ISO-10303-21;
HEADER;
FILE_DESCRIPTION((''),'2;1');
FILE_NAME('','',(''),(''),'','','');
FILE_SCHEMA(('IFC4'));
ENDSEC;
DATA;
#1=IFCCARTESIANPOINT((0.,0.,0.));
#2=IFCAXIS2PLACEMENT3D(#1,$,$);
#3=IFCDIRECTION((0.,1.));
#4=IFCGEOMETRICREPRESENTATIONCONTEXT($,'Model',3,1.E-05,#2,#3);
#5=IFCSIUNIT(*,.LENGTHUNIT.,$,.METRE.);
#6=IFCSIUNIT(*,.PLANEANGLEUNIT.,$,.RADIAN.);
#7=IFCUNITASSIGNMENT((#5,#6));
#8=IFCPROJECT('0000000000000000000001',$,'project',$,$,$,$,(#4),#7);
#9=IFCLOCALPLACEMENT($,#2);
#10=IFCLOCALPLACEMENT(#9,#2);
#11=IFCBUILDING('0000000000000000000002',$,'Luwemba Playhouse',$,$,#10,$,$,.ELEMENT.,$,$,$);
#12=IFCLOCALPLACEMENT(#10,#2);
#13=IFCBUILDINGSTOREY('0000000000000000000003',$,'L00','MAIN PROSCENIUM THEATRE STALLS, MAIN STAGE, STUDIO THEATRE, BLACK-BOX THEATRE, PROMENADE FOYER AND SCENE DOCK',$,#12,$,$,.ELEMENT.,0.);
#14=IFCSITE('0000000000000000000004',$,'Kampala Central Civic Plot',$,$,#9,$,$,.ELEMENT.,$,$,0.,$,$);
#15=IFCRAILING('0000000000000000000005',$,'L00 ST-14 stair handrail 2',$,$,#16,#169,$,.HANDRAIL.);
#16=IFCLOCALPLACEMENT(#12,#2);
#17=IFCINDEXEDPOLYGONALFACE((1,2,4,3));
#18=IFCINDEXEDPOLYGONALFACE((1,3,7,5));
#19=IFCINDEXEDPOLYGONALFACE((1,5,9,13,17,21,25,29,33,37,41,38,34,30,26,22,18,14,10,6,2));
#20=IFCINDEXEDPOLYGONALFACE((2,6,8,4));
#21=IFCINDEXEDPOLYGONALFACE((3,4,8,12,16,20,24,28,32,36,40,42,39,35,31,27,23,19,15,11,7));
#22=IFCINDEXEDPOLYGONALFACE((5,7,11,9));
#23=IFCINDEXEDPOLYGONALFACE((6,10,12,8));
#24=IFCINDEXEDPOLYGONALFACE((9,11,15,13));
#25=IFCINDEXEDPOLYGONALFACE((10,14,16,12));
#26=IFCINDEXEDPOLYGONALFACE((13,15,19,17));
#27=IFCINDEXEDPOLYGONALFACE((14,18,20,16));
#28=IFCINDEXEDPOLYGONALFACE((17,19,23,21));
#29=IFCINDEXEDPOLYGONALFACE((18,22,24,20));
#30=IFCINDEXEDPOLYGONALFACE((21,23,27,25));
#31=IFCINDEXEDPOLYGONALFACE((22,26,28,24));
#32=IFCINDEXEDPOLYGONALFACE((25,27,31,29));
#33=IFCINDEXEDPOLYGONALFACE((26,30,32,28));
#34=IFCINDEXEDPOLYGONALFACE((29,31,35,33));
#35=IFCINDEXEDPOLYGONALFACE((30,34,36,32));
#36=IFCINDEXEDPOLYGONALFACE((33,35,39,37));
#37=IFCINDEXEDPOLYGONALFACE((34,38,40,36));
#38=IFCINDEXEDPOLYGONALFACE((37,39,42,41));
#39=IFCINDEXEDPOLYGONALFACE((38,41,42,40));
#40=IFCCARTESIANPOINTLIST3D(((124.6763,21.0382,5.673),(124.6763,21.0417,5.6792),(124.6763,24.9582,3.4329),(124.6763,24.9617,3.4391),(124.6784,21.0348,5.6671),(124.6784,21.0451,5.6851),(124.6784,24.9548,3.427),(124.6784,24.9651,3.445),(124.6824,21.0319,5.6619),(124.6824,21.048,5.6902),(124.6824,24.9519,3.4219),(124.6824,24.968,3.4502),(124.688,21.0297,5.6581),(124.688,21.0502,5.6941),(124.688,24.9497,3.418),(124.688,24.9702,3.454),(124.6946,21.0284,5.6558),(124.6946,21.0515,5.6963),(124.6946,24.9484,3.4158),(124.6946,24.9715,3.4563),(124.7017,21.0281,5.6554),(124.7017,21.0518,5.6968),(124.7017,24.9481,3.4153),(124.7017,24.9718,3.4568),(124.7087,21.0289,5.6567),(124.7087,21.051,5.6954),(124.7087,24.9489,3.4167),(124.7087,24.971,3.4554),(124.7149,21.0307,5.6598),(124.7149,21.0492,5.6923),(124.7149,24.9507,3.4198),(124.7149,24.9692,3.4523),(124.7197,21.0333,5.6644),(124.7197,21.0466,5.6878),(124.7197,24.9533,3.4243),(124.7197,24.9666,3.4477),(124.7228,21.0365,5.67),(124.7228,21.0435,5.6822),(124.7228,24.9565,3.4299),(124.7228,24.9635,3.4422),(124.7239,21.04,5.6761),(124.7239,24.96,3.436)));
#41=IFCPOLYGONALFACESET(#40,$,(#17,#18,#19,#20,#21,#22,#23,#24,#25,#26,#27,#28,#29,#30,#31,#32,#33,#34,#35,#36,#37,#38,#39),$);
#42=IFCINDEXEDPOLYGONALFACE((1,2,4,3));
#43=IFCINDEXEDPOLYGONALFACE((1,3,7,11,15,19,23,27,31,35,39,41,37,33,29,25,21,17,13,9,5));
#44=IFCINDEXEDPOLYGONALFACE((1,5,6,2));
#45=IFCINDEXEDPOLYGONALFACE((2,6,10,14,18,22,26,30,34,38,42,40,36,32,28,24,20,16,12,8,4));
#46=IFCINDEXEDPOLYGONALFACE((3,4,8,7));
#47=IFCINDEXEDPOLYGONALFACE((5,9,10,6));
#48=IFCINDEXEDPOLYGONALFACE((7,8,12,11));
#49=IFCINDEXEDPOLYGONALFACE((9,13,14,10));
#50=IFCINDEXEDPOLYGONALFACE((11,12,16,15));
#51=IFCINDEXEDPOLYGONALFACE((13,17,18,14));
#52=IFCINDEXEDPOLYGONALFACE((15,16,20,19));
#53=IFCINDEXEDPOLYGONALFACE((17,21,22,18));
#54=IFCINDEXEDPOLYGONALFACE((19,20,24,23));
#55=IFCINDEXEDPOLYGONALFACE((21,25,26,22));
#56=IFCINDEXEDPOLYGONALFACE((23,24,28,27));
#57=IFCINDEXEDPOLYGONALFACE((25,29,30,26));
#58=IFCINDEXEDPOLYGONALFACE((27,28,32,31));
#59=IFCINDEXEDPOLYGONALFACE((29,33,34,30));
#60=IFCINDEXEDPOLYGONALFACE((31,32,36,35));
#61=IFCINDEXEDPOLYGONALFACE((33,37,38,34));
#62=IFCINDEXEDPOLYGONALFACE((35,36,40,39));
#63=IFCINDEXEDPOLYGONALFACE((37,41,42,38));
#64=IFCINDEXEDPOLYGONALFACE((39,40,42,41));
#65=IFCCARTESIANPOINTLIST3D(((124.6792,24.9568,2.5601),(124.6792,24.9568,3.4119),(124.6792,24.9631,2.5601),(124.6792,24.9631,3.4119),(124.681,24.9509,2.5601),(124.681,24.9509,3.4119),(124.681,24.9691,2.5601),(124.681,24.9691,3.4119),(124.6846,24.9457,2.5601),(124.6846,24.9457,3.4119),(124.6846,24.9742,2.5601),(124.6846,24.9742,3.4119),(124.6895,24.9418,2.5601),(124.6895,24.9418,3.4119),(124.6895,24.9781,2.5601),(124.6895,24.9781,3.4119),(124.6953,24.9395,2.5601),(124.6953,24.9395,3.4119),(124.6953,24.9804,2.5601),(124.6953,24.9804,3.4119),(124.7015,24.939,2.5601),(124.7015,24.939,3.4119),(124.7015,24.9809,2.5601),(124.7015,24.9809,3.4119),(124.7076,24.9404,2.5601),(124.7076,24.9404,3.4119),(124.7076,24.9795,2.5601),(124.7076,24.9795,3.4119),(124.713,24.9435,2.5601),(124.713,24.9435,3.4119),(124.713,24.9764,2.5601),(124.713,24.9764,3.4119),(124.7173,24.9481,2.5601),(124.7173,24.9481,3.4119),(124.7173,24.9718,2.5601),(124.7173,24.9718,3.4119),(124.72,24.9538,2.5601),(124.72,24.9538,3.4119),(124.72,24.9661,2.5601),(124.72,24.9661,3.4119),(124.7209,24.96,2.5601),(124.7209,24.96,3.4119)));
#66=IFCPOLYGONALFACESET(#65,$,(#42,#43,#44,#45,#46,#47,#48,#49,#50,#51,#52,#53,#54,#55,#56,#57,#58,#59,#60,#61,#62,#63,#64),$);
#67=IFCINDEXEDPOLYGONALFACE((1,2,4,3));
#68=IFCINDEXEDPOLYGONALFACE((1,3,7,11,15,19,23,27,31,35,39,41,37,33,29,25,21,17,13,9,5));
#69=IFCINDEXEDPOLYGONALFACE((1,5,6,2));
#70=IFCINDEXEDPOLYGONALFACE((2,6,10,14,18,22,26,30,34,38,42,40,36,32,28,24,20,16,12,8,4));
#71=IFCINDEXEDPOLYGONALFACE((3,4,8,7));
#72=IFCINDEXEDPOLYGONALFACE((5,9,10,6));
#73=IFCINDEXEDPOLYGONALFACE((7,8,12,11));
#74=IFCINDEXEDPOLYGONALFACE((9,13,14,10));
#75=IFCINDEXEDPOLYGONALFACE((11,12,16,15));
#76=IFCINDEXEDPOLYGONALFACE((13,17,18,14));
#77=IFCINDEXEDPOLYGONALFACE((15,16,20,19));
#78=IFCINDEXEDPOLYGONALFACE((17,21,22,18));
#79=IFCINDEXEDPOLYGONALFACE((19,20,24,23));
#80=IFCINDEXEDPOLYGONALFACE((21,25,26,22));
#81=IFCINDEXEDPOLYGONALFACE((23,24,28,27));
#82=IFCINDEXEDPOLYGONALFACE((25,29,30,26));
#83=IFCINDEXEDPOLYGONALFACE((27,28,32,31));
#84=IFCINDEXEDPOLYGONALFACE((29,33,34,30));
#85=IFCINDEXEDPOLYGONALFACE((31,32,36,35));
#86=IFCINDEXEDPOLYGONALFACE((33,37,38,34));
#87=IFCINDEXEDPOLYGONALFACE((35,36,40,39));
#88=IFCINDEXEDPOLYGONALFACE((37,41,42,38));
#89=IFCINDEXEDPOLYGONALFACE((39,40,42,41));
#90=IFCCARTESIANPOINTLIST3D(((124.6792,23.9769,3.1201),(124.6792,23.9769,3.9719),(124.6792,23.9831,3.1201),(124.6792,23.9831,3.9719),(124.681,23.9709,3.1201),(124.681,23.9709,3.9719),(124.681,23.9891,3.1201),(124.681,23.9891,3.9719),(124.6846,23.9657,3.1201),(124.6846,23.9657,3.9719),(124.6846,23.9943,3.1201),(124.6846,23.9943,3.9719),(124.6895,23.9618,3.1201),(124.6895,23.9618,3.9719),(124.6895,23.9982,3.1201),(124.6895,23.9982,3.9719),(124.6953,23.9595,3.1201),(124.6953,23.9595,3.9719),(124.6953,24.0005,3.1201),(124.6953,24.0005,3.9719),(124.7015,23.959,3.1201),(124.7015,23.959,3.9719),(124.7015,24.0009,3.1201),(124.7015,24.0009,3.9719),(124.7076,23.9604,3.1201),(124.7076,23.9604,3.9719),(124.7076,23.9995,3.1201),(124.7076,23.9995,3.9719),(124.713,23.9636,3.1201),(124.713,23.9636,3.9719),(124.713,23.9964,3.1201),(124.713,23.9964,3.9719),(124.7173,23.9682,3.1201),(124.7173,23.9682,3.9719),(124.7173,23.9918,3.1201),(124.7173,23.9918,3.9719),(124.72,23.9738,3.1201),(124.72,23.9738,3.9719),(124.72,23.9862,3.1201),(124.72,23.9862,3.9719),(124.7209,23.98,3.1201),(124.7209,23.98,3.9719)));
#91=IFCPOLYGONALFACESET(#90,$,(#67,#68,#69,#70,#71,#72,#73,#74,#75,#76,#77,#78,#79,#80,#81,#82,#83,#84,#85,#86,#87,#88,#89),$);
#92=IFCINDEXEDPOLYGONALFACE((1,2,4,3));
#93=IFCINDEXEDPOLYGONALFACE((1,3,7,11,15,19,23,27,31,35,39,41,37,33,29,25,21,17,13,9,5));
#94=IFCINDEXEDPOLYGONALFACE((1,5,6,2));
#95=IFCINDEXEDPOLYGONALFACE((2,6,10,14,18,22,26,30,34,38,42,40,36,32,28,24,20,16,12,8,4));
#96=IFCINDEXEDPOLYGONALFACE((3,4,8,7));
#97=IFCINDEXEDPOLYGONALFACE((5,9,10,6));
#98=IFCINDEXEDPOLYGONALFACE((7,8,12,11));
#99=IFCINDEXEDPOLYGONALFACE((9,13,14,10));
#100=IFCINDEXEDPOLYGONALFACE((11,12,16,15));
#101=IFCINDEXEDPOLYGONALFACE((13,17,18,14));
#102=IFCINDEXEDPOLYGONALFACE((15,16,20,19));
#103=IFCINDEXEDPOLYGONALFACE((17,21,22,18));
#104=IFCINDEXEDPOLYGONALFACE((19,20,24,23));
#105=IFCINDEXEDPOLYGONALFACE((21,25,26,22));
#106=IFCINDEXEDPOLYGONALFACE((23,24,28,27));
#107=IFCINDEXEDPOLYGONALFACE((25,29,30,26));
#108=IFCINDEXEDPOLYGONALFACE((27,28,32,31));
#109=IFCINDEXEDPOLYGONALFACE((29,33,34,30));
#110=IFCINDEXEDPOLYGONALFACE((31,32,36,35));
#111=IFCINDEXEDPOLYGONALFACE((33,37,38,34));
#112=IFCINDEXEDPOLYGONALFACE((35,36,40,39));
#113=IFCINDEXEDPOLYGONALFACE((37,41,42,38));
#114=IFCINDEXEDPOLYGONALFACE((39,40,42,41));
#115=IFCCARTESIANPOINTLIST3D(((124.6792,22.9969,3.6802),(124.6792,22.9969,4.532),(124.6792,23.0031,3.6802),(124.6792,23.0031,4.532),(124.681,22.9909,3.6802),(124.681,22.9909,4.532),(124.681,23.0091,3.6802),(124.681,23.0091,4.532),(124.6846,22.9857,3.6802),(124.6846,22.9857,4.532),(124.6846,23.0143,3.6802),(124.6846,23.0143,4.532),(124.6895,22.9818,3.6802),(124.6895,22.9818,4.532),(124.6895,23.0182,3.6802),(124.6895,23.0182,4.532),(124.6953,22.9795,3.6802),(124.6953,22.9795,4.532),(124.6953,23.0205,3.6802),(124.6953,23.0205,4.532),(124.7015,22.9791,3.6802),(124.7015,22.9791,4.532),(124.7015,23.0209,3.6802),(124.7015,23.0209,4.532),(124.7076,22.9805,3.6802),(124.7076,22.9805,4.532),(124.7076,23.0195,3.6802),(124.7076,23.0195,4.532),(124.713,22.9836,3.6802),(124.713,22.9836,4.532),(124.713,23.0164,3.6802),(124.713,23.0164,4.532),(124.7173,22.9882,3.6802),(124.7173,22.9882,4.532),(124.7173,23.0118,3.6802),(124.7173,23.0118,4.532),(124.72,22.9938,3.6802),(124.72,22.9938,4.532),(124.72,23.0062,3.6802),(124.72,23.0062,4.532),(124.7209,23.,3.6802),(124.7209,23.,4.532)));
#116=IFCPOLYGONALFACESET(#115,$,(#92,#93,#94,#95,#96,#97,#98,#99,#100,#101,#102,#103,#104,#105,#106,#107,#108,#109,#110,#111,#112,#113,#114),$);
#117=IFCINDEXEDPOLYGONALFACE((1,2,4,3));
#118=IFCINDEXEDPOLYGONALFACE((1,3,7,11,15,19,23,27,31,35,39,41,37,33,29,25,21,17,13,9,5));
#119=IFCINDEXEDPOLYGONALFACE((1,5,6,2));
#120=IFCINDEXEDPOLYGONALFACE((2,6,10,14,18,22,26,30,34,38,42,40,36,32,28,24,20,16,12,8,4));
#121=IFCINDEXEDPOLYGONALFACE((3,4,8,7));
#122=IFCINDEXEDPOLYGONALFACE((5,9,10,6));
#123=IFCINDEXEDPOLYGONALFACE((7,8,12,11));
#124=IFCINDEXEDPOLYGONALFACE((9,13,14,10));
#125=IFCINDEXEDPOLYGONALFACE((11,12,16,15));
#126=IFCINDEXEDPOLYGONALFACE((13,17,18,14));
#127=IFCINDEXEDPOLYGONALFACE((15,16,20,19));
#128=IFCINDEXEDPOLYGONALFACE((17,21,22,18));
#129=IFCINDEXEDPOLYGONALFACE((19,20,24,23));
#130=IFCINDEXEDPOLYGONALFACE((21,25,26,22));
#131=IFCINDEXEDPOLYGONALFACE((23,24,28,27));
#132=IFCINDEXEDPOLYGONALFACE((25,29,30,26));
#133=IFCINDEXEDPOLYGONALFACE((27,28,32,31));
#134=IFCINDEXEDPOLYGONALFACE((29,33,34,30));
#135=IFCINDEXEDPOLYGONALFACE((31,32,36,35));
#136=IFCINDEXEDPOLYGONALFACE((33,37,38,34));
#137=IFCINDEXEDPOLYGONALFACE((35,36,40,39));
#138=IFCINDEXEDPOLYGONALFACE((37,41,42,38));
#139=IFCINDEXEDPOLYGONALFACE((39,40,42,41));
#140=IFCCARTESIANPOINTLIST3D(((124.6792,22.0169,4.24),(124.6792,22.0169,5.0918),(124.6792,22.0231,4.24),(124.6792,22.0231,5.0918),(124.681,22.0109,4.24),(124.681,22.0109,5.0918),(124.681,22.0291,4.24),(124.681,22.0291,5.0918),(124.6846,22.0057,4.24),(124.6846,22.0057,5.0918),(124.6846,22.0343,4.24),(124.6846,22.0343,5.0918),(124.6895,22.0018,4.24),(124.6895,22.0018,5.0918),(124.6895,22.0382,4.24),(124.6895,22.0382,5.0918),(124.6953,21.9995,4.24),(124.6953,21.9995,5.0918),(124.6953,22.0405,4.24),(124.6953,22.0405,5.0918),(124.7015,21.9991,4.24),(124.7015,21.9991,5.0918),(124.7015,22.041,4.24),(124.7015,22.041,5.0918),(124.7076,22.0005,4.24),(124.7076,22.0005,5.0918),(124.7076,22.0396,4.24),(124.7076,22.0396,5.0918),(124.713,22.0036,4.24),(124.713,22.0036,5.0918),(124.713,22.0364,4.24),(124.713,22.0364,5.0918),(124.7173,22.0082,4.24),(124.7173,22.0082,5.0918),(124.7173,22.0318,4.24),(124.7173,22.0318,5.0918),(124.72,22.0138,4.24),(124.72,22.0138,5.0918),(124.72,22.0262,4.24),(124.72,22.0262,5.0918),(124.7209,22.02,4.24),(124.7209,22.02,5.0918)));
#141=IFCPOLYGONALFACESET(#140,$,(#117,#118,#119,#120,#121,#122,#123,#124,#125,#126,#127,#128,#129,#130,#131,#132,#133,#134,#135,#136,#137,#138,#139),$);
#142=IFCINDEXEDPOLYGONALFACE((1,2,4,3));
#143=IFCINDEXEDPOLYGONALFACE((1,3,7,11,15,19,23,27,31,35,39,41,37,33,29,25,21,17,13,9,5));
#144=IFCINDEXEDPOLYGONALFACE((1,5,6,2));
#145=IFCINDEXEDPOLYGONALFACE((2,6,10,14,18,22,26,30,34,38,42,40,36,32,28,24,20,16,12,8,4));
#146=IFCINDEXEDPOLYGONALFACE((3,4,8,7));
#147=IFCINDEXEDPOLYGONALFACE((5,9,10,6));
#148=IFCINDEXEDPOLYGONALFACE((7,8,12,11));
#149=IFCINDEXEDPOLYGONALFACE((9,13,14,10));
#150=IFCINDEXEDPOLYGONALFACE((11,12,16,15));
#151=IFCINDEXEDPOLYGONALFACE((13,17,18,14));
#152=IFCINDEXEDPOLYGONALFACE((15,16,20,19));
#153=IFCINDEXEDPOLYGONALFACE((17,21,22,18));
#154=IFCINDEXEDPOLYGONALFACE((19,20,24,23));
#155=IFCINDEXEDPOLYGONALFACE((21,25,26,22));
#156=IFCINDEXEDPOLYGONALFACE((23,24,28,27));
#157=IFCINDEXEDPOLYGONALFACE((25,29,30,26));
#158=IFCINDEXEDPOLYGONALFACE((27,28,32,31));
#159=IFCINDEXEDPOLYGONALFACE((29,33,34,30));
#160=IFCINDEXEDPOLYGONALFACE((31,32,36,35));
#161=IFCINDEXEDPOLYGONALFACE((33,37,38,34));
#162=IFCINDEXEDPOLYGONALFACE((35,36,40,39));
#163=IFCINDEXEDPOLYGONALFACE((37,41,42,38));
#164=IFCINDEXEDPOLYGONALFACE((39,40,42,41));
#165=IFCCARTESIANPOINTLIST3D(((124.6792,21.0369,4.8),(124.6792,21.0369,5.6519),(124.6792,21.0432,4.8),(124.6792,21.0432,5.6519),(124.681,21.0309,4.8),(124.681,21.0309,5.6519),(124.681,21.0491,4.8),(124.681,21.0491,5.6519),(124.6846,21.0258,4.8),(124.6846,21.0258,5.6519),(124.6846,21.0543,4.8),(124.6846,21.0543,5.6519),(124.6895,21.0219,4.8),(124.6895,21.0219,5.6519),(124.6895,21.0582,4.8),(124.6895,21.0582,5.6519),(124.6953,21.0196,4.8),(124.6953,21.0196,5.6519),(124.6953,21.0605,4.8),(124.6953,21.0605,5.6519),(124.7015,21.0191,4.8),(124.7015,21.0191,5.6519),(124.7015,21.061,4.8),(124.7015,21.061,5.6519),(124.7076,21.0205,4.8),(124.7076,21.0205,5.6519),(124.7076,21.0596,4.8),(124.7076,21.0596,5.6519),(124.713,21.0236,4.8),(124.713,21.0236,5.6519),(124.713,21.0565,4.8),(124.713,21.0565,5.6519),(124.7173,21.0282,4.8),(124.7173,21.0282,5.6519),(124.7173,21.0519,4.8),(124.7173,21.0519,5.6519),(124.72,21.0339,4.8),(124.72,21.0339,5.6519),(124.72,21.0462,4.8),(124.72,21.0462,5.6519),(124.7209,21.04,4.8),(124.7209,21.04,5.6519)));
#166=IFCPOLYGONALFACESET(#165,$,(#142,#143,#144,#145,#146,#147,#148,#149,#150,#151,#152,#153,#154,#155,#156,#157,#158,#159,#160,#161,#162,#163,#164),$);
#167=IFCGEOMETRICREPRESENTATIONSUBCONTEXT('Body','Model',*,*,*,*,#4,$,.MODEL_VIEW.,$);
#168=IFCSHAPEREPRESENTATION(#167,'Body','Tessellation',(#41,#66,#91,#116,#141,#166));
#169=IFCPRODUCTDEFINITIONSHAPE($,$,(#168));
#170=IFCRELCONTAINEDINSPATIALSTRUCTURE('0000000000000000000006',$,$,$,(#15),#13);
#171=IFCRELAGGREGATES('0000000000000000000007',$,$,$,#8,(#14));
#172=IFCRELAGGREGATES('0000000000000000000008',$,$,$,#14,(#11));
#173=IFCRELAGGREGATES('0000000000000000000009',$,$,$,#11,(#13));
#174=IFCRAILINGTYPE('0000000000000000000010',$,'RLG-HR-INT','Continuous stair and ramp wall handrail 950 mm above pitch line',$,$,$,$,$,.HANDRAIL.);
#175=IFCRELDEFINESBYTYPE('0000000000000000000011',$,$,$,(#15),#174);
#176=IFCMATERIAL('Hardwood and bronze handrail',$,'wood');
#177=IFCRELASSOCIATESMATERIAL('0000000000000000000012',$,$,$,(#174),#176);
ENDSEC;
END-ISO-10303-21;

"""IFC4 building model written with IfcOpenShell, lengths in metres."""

from ifc_helpers import new_model, si_unit, direction, frame, origin, origin_2d, place, context, subcontext, project, spatial, circle, extrude, material, type_object, element, save


model = new_model("IFC4")

# Units and contexts
model_context = context("Model", 3, precision=1e-05, world=origin(), true_north=direction((0.0, 1.0)))
body_context = subcontext(model_context, "Body", "Model", "MODEL_VIEW")
ifc_project = project(units=[si_unit("LENGTHUNIT", "METRE"), si_unit("PLANEANGLEUNIT", "RADIAN")], contexts=[model_context])

# Site, building, storey
site_placement = place(None, origin())
site = spatial("IfcSite", under=ifc_project, at=site_placement, Name="Kampala Central Civic Plot", CompositionType="ELEMENT", RefElevation=0.0)
building_placement = place(site_placement, origin())
building = spatial("IfcBuilding", under=site, at=building_placement, Name="Luwemba Playhouse", CompositionType="ELEMENT")
storey_placement = place(building_placement, origin())
storey = spatial("IfcBuildingStorey", under=building, at=storey_placement, Name="L00", Description="MAIN PROSCENIUM THEATRE STALLS, MAIN STAGE, STUDIO THEATRE, BLACK-BOX THEATRE, PROMENADE FOYER AND SCENE DOCK", CompositionType="ELEMENT", Elevation=0.0)

# Railing
ifc_material_1 = material(Name="Hardwood and bronze handrail", Category="wood")
railing_type_1 = type_object("IfcRailingType", Name="RLG-HR-INT", Description="Continuous stair and ramp wall handrail 950 mm above pitch line", PredefinedType="HANDRAIL", material=ifc_material_1)
railing_1_placement = place(storey_placement, frame((124.7, 24.96, 2.5601)))
element("IfcRailing", 1, at=railing_1_placement, inside=storey, type_object=railing_type_1, Name="L00 ST-14 stair handrail 2", PredefinedType="HANDRAIL", context=body_context, shape_type="SweptSolid", body=[
    extrude(circle(Radius=0.0239, at=origin_2d()), frame((0.0, 0.0, 0.876), z_axis=(0.0, -0.86824, 0.496145), x_axis=(1.0, 0.0, 0.0)), (0.0, 0.0, 1.0), 4.5149),
    extrude(circle(Radius=0.021, at=origin_2d()), origin(), (0.0, 0.0, 1.0), 0.8518),
    extrude(circle(Radius=0.021, at=origin_2d()), frame((0.0, -0.98, 0.5601)), (0.0, 0.0, 1.0), 0.8518),
    extrude(circle(Radius=0.021, at=origin_2d()), frame((0.0, -1.96, 1.1201)), (0.0, 0.0, 1.0), 0.8518),
    extrude(circle(Radius=0.021, at=origin_2d()), frame((0.0, -2.9399, 1.6799)), (0.0, 0.0, 1.0), 0.8518),
    extrude(circle(Radius=0.021, at=origin_2d()), frame((0.0, -3.9199, 2.24)), (0.0, 0.0, 1.0), 0.8518),
])

save(model, "model.ifc")
